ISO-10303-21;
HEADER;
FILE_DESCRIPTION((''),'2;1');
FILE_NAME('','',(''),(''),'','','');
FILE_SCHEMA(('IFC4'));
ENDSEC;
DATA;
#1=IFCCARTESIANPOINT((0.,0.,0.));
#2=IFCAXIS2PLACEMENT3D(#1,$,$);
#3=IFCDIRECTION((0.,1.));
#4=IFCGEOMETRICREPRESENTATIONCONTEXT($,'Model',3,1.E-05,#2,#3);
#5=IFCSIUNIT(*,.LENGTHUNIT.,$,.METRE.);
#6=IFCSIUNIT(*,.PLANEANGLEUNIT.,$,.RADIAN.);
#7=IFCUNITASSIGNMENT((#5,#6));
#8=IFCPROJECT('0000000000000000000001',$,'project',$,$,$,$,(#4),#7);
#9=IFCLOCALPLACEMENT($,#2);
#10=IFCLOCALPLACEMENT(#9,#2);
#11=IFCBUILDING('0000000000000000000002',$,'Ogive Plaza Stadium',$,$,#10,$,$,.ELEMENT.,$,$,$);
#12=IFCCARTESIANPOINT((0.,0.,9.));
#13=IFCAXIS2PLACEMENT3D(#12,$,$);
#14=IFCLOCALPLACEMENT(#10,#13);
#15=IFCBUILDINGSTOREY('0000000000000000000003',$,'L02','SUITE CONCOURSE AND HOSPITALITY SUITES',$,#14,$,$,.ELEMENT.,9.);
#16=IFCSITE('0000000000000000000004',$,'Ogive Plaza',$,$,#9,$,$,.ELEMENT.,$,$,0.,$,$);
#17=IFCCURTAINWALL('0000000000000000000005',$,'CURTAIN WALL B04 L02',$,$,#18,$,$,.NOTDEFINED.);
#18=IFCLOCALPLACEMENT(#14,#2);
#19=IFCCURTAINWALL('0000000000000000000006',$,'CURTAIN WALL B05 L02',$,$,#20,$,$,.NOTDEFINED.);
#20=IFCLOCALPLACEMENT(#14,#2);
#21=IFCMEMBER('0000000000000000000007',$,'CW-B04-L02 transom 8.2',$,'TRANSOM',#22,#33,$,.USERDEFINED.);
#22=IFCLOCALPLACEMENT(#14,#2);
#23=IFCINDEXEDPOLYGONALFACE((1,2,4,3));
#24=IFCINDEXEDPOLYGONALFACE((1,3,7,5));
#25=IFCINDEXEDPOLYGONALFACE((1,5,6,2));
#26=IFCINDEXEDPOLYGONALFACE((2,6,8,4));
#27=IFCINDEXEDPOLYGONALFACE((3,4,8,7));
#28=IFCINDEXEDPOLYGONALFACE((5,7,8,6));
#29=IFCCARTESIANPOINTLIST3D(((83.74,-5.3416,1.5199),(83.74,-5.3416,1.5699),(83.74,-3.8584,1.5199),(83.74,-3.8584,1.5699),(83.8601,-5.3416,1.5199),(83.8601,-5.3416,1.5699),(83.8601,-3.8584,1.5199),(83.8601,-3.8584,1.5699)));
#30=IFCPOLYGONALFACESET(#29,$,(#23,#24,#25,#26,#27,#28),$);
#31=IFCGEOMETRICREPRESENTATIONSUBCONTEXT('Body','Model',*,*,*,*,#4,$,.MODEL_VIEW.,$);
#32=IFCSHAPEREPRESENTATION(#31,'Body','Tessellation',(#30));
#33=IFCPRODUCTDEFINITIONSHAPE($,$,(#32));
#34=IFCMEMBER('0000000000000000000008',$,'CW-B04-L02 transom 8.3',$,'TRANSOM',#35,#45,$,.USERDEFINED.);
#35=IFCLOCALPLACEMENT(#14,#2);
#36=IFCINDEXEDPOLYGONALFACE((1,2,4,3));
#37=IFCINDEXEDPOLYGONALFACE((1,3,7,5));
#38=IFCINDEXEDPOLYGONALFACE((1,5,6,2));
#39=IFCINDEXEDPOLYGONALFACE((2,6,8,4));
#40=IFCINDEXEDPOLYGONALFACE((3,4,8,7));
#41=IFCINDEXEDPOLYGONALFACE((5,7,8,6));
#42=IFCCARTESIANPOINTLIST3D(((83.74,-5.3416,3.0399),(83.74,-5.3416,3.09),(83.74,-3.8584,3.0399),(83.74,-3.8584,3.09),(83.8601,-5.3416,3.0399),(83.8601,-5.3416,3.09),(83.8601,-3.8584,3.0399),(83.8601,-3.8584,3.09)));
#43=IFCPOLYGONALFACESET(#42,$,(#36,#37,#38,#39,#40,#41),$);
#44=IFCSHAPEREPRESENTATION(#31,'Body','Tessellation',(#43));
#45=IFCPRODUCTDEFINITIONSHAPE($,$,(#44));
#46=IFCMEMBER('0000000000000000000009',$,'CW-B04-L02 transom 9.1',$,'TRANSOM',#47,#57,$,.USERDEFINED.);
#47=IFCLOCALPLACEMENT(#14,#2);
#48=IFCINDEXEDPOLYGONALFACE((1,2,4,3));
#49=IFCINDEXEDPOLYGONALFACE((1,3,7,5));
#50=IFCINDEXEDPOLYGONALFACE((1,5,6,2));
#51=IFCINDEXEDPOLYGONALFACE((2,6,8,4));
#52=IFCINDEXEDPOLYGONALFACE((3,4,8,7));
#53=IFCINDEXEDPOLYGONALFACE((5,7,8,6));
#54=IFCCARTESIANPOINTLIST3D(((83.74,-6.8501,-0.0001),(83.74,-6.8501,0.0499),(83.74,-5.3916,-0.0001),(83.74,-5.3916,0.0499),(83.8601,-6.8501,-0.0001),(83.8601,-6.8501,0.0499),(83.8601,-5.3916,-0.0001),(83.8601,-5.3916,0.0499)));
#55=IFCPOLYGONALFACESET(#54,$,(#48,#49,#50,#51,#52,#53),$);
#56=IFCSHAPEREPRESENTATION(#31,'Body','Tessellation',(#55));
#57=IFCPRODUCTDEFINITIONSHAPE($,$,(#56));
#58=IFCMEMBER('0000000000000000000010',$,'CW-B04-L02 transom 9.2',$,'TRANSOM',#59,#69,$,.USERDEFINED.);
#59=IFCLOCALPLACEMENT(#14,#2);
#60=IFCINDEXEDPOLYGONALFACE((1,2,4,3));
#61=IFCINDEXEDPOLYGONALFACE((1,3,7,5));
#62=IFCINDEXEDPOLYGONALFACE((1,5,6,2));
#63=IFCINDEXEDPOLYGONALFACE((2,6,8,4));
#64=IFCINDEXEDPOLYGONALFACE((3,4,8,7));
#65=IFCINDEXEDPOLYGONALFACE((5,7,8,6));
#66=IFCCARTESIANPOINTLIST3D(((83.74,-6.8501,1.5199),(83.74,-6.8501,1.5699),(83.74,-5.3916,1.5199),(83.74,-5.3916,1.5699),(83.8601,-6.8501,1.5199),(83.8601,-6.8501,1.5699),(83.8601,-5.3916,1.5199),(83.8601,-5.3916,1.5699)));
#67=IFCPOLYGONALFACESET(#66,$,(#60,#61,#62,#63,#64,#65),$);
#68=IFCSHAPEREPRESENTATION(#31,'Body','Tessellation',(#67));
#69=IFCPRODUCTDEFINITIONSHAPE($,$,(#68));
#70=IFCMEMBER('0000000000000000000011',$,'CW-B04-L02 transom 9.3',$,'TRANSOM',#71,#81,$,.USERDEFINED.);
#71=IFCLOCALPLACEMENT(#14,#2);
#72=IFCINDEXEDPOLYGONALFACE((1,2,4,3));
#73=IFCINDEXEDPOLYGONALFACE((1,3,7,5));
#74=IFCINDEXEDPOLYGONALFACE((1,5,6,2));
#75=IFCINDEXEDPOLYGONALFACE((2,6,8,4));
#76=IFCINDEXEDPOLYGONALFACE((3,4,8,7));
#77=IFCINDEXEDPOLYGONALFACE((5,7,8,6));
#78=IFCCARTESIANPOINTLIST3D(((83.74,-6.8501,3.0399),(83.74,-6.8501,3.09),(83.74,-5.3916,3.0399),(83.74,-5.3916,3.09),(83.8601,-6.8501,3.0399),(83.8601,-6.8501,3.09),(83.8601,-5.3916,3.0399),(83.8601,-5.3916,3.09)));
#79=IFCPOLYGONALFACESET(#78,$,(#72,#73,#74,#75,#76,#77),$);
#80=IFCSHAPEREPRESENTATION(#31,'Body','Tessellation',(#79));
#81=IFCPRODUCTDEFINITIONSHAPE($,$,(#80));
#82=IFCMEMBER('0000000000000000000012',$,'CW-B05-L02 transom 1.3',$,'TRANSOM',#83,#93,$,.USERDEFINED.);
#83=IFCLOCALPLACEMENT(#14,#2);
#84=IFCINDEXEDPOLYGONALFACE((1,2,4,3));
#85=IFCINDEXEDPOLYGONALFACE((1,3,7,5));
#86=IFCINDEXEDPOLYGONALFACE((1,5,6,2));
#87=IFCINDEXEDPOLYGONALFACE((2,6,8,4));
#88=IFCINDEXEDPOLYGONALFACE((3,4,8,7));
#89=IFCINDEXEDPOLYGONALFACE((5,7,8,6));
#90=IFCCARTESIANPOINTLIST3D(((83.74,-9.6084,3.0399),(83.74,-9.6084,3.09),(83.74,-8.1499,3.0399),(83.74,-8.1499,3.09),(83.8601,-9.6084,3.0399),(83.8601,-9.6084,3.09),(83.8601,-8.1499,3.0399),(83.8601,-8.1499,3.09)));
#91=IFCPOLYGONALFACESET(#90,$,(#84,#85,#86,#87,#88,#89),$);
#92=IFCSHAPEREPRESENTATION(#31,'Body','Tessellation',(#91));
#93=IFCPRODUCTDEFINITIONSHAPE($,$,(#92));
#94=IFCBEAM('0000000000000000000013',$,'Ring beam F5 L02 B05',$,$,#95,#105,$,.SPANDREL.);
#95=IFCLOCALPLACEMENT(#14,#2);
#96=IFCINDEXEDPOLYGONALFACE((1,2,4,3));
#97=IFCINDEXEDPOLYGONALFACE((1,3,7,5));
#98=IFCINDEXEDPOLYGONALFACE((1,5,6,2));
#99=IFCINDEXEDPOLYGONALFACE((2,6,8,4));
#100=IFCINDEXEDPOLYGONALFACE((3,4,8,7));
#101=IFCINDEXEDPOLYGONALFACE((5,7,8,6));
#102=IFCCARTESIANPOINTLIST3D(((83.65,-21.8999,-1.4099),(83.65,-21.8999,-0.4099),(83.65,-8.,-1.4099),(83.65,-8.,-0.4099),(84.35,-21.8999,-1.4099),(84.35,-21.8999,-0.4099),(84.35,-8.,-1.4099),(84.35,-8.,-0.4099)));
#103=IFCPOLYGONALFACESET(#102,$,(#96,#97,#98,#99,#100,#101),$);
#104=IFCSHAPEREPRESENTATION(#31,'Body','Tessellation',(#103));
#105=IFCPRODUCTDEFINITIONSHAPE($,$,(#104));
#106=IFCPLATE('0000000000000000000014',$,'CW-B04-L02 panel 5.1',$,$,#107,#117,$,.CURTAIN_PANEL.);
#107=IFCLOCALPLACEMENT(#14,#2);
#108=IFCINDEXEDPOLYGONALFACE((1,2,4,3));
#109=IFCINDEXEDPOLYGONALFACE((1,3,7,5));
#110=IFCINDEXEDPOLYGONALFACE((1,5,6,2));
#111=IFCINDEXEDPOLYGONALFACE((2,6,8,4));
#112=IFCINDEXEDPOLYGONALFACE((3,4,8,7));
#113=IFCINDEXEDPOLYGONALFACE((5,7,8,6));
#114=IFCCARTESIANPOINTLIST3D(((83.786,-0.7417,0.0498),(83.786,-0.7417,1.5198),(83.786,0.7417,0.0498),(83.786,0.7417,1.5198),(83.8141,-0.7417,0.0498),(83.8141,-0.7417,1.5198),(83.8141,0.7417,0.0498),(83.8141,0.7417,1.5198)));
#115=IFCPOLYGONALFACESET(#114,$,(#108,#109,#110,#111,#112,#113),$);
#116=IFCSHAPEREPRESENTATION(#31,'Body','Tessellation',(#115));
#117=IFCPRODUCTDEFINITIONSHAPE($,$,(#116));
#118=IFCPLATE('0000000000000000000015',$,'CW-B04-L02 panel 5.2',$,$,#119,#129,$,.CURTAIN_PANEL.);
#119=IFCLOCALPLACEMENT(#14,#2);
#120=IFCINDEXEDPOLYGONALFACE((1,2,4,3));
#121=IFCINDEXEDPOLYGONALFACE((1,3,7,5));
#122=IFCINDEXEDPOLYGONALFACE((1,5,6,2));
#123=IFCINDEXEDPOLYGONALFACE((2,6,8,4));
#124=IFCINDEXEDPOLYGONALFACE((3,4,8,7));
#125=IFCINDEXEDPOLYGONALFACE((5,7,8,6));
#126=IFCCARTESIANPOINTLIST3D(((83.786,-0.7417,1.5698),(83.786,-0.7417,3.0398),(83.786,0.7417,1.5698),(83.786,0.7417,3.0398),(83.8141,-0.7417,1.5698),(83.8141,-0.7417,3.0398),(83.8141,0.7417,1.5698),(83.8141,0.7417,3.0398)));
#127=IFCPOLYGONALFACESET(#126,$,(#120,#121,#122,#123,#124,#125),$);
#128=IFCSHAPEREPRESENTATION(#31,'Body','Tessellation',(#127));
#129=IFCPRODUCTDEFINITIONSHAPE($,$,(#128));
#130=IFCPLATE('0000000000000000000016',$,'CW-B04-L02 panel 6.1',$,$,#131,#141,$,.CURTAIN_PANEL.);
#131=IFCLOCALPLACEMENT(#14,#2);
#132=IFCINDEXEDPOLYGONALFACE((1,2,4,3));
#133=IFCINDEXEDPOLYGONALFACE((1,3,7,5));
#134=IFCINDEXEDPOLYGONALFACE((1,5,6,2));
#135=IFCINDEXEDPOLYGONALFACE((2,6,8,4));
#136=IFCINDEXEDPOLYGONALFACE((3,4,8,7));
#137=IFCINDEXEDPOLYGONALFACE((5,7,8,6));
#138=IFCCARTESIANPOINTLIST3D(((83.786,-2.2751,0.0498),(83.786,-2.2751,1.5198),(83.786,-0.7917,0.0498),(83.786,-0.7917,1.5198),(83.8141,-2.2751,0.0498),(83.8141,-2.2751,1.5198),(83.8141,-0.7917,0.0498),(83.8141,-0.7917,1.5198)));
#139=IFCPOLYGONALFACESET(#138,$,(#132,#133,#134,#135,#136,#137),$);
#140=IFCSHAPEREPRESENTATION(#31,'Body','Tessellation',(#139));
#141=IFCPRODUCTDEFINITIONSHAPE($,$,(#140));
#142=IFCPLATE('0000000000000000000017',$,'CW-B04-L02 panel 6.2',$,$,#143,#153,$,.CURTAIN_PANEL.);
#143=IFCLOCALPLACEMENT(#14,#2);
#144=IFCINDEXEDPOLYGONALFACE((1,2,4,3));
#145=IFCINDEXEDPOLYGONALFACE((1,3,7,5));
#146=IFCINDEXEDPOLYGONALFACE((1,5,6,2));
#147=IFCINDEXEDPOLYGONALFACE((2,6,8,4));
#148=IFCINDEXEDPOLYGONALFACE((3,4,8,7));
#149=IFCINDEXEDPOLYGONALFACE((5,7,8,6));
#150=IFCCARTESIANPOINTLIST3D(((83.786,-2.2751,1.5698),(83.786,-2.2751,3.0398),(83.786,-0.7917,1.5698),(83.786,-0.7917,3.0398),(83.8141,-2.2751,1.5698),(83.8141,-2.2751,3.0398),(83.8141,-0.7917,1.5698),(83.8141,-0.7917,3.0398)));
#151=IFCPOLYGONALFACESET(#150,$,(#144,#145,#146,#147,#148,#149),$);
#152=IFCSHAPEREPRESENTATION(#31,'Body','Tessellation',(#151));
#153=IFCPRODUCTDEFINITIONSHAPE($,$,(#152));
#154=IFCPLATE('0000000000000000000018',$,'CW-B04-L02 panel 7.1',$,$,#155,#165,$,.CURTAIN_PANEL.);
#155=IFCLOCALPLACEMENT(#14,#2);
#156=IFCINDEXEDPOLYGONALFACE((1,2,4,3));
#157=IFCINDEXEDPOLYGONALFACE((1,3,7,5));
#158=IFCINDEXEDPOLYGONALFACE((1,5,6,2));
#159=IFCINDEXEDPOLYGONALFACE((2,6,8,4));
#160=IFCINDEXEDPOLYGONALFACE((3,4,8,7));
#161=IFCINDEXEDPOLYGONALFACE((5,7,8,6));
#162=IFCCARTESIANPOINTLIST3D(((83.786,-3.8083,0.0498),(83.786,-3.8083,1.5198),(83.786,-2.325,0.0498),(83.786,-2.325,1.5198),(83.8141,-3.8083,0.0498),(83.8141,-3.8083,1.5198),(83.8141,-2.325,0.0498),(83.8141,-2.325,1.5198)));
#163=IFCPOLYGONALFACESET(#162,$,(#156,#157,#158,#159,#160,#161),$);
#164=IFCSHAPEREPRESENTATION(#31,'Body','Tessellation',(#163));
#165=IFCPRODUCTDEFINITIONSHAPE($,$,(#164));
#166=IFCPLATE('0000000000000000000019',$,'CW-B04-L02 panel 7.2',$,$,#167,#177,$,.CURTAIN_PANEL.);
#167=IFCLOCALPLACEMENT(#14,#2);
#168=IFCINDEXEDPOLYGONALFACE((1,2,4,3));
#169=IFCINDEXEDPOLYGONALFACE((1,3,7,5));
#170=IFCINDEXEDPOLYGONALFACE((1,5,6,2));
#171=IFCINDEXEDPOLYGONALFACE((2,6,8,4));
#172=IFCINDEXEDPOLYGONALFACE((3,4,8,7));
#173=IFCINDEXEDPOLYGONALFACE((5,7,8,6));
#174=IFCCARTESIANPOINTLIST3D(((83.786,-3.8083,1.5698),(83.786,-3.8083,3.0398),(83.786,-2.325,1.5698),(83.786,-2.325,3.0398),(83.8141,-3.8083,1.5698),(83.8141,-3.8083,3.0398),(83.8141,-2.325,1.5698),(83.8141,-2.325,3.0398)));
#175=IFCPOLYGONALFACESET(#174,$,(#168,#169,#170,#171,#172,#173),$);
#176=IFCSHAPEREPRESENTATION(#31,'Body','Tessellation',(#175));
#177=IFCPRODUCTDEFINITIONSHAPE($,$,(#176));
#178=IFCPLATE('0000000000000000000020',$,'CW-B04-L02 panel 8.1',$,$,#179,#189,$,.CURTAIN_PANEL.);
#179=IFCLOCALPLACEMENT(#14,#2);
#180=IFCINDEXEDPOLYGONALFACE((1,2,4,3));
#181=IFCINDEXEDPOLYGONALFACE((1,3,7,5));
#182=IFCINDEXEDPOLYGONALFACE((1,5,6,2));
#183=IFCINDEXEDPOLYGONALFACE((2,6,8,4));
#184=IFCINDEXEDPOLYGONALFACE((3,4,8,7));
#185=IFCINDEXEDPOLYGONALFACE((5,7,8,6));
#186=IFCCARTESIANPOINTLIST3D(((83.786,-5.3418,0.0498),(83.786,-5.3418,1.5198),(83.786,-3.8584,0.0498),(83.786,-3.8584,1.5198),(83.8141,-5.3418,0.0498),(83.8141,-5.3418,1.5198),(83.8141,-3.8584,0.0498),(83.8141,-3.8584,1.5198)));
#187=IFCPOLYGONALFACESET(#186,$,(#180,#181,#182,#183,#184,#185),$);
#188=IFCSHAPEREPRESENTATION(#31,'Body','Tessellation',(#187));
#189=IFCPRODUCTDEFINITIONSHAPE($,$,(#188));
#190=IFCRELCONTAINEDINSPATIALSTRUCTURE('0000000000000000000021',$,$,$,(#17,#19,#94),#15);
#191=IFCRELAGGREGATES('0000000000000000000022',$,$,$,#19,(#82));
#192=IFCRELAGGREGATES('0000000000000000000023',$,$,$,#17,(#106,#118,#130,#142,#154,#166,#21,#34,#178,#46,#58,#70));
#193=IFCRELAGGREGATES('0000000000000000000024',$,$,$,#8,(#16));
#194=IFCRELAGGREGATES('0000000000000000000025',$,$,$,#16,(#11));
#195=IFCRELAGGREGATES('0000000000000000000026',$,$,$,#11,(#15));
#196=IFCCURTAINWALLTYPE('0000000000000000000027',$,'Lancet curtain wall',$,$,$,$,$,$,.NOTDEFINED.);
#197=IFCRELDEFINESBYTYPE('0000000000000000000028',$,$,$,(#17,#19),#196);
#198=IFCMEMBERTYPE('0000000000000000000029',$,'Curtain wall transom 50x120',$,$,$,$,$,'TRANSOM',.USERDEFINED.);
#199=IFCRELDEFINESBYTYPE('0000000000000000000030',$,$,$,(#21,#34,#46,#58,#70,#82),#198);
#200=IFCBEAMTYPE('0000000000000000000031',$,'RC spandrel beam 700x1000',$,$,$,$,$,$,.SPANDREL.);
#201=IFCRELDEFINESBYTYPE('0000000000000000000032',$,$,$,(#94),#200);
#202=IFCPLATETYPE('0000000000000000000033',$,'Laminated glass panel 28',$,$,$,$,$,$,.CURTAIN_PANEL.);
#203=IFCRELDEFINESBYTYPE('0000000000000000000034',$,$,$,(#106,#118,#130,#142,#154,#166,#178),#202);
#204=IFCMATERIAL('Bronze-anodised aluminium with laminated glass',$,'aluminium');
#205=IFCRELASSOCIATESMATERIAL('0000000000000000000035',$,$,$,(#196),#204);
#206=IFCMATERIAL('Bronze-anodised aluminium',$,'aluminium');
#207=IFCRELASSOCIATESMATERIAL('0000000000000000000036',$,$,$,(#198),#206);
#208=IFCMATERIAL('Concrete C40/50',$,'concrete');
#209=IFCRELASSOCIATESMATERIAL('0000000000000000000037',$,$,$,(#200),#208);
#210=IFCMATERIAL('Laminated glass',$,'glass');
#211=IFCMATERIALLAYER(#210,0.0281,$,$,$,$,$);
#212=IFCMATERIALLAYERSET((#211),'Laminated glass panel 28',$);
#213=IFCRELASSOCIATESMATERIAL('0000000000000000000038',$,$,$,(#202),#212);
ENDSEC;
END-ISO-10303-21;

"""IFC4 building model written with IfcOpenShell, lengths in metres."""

from ifc_helpers import new_model, si_unit, direction, frame, origin, origin_2d, place, context, subcontext, project, spatial, rectangle, extrude, material, layer, layer_set, material_profile, profile_set, type_object, element, aggregate, save


model = new_model("IFC4")

# Units and contexts
model_context = context("Model", 3, precision=1e-05, world=origin(), true_north=direction((0.0, 1.0)))
body_context = subcontext(model_context, "Body", "Model", "MODEL_VIEW")
ifc_project = project(units=[si_unit("LENGTHUNIT", "METRE"), si_unit("PLANEANGLEUNIT", "RADIAN")], contexts=[model_context])

# Site, building, storey
site_placement = place(None, origin())
site = spatial("IfcSite", under=ifc_project, at=site_placement, Name="Ogive Plaza", CompositionType="ELEMENT", RefElevation=0.0)
building_placement = place(site_placement, origin())
building = spatial("IfcBuilding", under=site, at=building_placement, Name="Ogive Plaza Stadium", CompositionType="ELEMENT")
storey_placement = place(building_placement, frame((0.0, 0.0, 9.0)))
storey = spatial("IfcBuildingStorey", under=building, at=storey_placement, Name="L02", Description="SUITE CONCOURSE AND HOSPITALITY SUITES", CompositionType="ELEMENT", Elevation=9.0)

# Curtain wall
ifc_material_1 = material(Name="Bronze-anodised aluminium with laminated glass", Category="aluminium")
curtain_wall_type = type_object("IfcCurtainWallType", Name="Lancet curtain wall", PredefinedType="NOTDEFINED", material=ifc_material_1)
curtain_wall_1_placement = place(storey_placement, origin())
curtain_wall_1 = element("IfcCurtainWall", 1, at=curtain_wall_1_placement, inside=storey, type_object=curtain_wall_type, Name="CURTAIN WALL B04 L02", PredefinedType="NOTDEFINED")

# Curtain wall
curtain_wall_2_placement = place(storey_placement, origin())
curtain_wall_2 = element("IfcCurtainWall", 2, at=curtain_wall_2_placement, inside=storey, type_object=curtain_wall_type, Name="CURTAIN WALL B05 L02", PredefinedType="NOTDEFINED")

# Members
ifc_material_2 = material(Name="Bronze-anodised aluminium", Category="aluminium")
ifc_material_profile_1 = material_profile(ifc_material_2, rectangle(XDim=0.1201, YDim=0.05, at=origin_2d()), Name="AL 120x50")
ifc_profile_set_1 = profile_set([ifc_material_profile_1], Name="Bronze-anodised aluminium")
member_type_1 = type_object("IfcMemberType", Name="Curtain wall transom 50x120", ElementType="TRANSOM", PredefinedType="USERDEFINED", material=ifc_profile_set_1)
member_1_placement = place(storey_placement, frame((83.8, -3.8584, 1.5449), z_axis=(0.0, -1.0, 0.0), x_axis=(1.0, 0.0, 0.0)))
member_1 = element("IfcMember", 3, at=member_1_placement, type_object=member_type_1, Name="CW-B04-L02 transom 8.2", ObjectType="TRANSOM", PredefinedType="USERDEFINED", context=body_context, shape_type="SweptSolid", body=[
    extrude(rectangle(XDim=0.1201, YDim=0.05, at=origin_2d()), origin(), (0.0, 0.0, 1.0), 1.4832),
])
member_2_placement = place(storey_placement, frame((83.8, -3.8584, 3.0649), z_axis=(0.0, -1.0, 0.0), x_axis=(1.0, 0.0, 0.0)))
member_2 = element("IfcMember", 4, at=member_2_placement, type_object=member_type_1, Name="CW-B04-L02 transom 8.3", ObjectType="TRANSOM", PredefinedType="USERDEFINED", context=body_context, shape_type="SweptSolid", body=[
    extrude(rectangle(XDim=0.1201, YDim=0.05, at=origin_2d()), origin(), (0.0, 0.0, 1.0), 1.4832),
])
member_3_placement = place(storey_placement, frame((83.8, -5.3916, 0.0249), z_axis=(0.0, -1.0, 0.0), x_axis=(1.0, 0.0, 0.0)))
member_3 = element("IfcMember", 5, at=member_3_placement, type_object=member_type_1, Name="CW-B04-L02 transom 9.1", ObjectType="TRANSOM", PredefinedType="USERDEFINED", context=body_context, shape_type="SweptSolid", body=[
    extrude(rectangle(XDim=0.1201, YDim=0.05, at=origin_2d()), origin(), (0.0, 0.0, 1.0), 1.4585),
])
member_4_placement = place(storey_placement, frame((83.8, -5.3916, 1.5449), z_axis=(0.0, -1.0, 0.0), x_axis=(1.0, 0.0, 0.0)))
member_4 = element("IfcMember", 6, at=member_4_placement, type_object=member_type_1, Name="CW-B04-L02 transom 9.2", ObjectType="TRANSOM", PredefinedType="USERDEFINED", context=body_context, shape_type="SweptSolid", body=[
    extrude(rectangle(XDim=0.1201, YDim=0.05, at=origin_2d()), origin(), (0.0, 0.0, 1.0), 1.4585),
])
member_5_placement = place(storey_placement, frame((83.8, -5.3916, 3.0649), z_axis=(0.0, -1.0, 0.0), x_axis=(1.0, 0.0, 0.0)))
member_5 = element("IfcMember", 7, at=member_5_placement, type_object=member_type_1, Name="CW-B04-L02 transom 9.3", ObjectType="TRANSOM", PredefinedType="USERDEFINED", context=body_context, shape_type="SweptSolid", body=[
    extrude(rectangle(XDim=0.1201, YDim=0.05, at=origin_2d()), origin(), (0.0, 0.0, 1.0), 1.4585),
])
member_6_placement = place(storey_placement, frame((83.8, -8.1499, 3.0649), z_axis=(0.0, -1.0, 0.0), x_axis=(1.0, 0.0, 0.0)))
member_6 = element("IfcMember", 8, at=member_6_placement, type_object=member_type_1, Name="CW-B05-L02 transom 1.3", ObjectType="TRANSOM", PredefinedType="USERDEFINED", context=body_context, shape_type="SweptSolid", body=[
    extrude(rectangle(XDim=0.1201, YDim=0.05, at=origin_2d()), origin(), (0.0, 0.0, 1.0), 1.4585),
])
aggregate(curtain_wall_2, [member_6])

# Beam
ifc_material_3 = material(Name="Concrete C40/50", Category="concrete")
ifc_material_profile_2 = material_profile(ifc_material_3, rectangle(XDim=0.7, YDim=1.0, at=origin_2d()), Name="RC 700x1000")
ifc_profile_set_2 = profile_set([ifc_material_profile_2], Name="Concrete C40/50")
beam_type = type_object("IfcBeamType", Name="RC spandrel beam 700x1000", PredefinedType="SPANDREL", material=ifc_profile_set_2)
beam_placement = place(storey_placement, frame((84.0, -8.0, -0.9099), z_axis=(0.0, -1.0, 0.0), x_axis=(1.0, 0.0, 0.0)))
element("IfcBeam", 9, at=beam_placement, inside=storey, type_object=beam_type, Name="Ring beam F5 L02 B05", PredefinedType="SPANDREL", context=body_context, shape_type="SweptSolid", body=[
    extrude(rectangle(XDim=0.7, YDim=1.0, at=origin_2d()), origin(), (0.0, 0.0, 1.0), 13.8999),
])

# Plates
ifc_material_4 = material(Name="Laminated glass", Category="glass")
ifc_layer = layer(ifc_material_4, 0.0281)
ifc_layer_set = layer_set([ifc_layer], Name="Laminated glass panel 28")
plate_type = type_object("IfcPlateType", Name="Laminated glass panel 28", PredefinedType="CURTAIN_PANEL", material=ifc_layer_set)
plate_1_placement = place(storey_placement, frame((83.8, 0.0, 0.0498), z_axis=(0.0, 0.0, 1.0), x_axis=(0.0, -1.0, 0.0)))
plate_1 = element("IfcPlate", 10, at=plate_1_placement, type_object=plate_type, Name="CW-B04-L02 panel 5.1", PredefinedType="CURTAIN_PANEL", context=body_context, shape_type="SweptSolid", body=[
    extrude(rectangle(XDim=1.4834, YDim=0.0281, at=origin_2d()), origin(), (0.0, 0.0, 1.0), 1.47),
])
plate_2_placement = place(storey_placement, frame((83.8, 0.0, 1.5698), z_axis=(0.0, 0.0, 1.0), x_axis=(0.0, -1.0, 0.0)))
plate_2 = element("IfcPlate", 11, at=plate_2_placement, type_object=plate_type, Name="CW-B04-L02 panel 5.2", PredefinedType="CURTAIN_PANEL", context=body_context, shape_type="SweptSolid", body=[
    extrude(rectangle(XDim=1.4834, YDim=0.0281, at=origin_2d()), origin(), (0.0, 0.0, 1.0), 1.47),
])
plate_3_placement = place(storey_placement, frame((83.8, -1.5334, 0.0498), z_axis=(0.0, 0.0, 1.0), x_axis=(0.0, -1.0, 0.0)))
plate_3 = element("IfcPlate", 12, at=plate_3_placement, type_object=plate_type, Name="CW-B04-L02 panel 6.1", PredefinedType="CURTAIN_PANEL", context=body_context, shape_type="SweptSolid", body=[
    extrude(rectangle(XDim=1.4834, YDim=0.0281, at=origin_2d()), origin(), (0.0, 0.0, 1.0), 1.47),
])
plate_4_placement = place(storey_placement, frame((83.8, -1.5334, 1.5698), z_axis=(0.0, 0.0, 1.0), x_axis=(0.0, -1.0, 0.0)))
plate_4 = element("IfcPlate", 13, at=plate_4_placement, type_object=plate_type, Name="CW-B04-L02 panel 6.2", PredefinedType="CURTAIN_PANEL", context=body_context, shape_type="SweptSolid", body=[
    extrude(rectangle(XDim=1.4834, YDim=0.0281, at=origin_2d()), origin(), (0.0, 0.0, 1.0), 1.47),
])
plate_5_placement = place(storey_placement, frame((83.8, -3.0667, 0.0498), z_axis=(0.0, 0.0, 1.0), x_axis=(0.0, -1.0, 0.0)))
plate_5 = element("IfcPlate", 14, at=plate_5_placement, type_object=plate_type, Name="CW-B04-L02 panel 7.1", PredefinedType="CURTAIN_PANEL", context=body_context, shape_type="SweptSolid", body=[
    extrude(rectangle(XDim=1.4834, YDim=0.0281, at=origin_2d()), origin(), (0.0, 0.0, 1.0), 1.47),
])
plate_6_placement = place(storey_placement, frame((83.8, -3.0667, 1.5698), z_axis=(0.0, 0.0, 1.0), x_axis=(0.0, -1.0, 0.0)))
plate_6 = element("IfcPlate", 15, at=plate_6_placement, type_object=plate_type, Name="CW-B04-L02 panel 7.2", PredefinedType="CURTAIN_PANEL", context=body_context, shape_type="SweptSolid", body=[
    extrude(rectangle(XDim=1.4834, YDim=0.0281, at=origin_2d()), origin(), (0.0, 0.0, 1.0), 1.47),
])
plate_7_placement = place(storey_placement, frame((83.8, -4.6001, 0.0498), z_axis=(0.0, 0.0, 1.0), x_axis=(0.0, -1.0, 0.0)))
plate_7 = element("IfcPlate", 16, at=plate_7_placement, type_object=plate_type, Name="CW-B04-L02 panel 8.1", PredefinedType="CURTAIN_PANEL", context=body_context, shape_type="SweptSolid", body=[
    extrude(rectangle(XDim=1.4834, YDim=0.0281, at=origin_2d()), origin(), (0.0, 0.0, 1.0), 1.47),
])
aggregate(curtain_wall_1, [plate_1, plate_2, plate_3, plate_4, plate_5, plate_6, member_1, member_2, plate_7, member_3, member_4, member_5])

save(model, "model.ifc")
